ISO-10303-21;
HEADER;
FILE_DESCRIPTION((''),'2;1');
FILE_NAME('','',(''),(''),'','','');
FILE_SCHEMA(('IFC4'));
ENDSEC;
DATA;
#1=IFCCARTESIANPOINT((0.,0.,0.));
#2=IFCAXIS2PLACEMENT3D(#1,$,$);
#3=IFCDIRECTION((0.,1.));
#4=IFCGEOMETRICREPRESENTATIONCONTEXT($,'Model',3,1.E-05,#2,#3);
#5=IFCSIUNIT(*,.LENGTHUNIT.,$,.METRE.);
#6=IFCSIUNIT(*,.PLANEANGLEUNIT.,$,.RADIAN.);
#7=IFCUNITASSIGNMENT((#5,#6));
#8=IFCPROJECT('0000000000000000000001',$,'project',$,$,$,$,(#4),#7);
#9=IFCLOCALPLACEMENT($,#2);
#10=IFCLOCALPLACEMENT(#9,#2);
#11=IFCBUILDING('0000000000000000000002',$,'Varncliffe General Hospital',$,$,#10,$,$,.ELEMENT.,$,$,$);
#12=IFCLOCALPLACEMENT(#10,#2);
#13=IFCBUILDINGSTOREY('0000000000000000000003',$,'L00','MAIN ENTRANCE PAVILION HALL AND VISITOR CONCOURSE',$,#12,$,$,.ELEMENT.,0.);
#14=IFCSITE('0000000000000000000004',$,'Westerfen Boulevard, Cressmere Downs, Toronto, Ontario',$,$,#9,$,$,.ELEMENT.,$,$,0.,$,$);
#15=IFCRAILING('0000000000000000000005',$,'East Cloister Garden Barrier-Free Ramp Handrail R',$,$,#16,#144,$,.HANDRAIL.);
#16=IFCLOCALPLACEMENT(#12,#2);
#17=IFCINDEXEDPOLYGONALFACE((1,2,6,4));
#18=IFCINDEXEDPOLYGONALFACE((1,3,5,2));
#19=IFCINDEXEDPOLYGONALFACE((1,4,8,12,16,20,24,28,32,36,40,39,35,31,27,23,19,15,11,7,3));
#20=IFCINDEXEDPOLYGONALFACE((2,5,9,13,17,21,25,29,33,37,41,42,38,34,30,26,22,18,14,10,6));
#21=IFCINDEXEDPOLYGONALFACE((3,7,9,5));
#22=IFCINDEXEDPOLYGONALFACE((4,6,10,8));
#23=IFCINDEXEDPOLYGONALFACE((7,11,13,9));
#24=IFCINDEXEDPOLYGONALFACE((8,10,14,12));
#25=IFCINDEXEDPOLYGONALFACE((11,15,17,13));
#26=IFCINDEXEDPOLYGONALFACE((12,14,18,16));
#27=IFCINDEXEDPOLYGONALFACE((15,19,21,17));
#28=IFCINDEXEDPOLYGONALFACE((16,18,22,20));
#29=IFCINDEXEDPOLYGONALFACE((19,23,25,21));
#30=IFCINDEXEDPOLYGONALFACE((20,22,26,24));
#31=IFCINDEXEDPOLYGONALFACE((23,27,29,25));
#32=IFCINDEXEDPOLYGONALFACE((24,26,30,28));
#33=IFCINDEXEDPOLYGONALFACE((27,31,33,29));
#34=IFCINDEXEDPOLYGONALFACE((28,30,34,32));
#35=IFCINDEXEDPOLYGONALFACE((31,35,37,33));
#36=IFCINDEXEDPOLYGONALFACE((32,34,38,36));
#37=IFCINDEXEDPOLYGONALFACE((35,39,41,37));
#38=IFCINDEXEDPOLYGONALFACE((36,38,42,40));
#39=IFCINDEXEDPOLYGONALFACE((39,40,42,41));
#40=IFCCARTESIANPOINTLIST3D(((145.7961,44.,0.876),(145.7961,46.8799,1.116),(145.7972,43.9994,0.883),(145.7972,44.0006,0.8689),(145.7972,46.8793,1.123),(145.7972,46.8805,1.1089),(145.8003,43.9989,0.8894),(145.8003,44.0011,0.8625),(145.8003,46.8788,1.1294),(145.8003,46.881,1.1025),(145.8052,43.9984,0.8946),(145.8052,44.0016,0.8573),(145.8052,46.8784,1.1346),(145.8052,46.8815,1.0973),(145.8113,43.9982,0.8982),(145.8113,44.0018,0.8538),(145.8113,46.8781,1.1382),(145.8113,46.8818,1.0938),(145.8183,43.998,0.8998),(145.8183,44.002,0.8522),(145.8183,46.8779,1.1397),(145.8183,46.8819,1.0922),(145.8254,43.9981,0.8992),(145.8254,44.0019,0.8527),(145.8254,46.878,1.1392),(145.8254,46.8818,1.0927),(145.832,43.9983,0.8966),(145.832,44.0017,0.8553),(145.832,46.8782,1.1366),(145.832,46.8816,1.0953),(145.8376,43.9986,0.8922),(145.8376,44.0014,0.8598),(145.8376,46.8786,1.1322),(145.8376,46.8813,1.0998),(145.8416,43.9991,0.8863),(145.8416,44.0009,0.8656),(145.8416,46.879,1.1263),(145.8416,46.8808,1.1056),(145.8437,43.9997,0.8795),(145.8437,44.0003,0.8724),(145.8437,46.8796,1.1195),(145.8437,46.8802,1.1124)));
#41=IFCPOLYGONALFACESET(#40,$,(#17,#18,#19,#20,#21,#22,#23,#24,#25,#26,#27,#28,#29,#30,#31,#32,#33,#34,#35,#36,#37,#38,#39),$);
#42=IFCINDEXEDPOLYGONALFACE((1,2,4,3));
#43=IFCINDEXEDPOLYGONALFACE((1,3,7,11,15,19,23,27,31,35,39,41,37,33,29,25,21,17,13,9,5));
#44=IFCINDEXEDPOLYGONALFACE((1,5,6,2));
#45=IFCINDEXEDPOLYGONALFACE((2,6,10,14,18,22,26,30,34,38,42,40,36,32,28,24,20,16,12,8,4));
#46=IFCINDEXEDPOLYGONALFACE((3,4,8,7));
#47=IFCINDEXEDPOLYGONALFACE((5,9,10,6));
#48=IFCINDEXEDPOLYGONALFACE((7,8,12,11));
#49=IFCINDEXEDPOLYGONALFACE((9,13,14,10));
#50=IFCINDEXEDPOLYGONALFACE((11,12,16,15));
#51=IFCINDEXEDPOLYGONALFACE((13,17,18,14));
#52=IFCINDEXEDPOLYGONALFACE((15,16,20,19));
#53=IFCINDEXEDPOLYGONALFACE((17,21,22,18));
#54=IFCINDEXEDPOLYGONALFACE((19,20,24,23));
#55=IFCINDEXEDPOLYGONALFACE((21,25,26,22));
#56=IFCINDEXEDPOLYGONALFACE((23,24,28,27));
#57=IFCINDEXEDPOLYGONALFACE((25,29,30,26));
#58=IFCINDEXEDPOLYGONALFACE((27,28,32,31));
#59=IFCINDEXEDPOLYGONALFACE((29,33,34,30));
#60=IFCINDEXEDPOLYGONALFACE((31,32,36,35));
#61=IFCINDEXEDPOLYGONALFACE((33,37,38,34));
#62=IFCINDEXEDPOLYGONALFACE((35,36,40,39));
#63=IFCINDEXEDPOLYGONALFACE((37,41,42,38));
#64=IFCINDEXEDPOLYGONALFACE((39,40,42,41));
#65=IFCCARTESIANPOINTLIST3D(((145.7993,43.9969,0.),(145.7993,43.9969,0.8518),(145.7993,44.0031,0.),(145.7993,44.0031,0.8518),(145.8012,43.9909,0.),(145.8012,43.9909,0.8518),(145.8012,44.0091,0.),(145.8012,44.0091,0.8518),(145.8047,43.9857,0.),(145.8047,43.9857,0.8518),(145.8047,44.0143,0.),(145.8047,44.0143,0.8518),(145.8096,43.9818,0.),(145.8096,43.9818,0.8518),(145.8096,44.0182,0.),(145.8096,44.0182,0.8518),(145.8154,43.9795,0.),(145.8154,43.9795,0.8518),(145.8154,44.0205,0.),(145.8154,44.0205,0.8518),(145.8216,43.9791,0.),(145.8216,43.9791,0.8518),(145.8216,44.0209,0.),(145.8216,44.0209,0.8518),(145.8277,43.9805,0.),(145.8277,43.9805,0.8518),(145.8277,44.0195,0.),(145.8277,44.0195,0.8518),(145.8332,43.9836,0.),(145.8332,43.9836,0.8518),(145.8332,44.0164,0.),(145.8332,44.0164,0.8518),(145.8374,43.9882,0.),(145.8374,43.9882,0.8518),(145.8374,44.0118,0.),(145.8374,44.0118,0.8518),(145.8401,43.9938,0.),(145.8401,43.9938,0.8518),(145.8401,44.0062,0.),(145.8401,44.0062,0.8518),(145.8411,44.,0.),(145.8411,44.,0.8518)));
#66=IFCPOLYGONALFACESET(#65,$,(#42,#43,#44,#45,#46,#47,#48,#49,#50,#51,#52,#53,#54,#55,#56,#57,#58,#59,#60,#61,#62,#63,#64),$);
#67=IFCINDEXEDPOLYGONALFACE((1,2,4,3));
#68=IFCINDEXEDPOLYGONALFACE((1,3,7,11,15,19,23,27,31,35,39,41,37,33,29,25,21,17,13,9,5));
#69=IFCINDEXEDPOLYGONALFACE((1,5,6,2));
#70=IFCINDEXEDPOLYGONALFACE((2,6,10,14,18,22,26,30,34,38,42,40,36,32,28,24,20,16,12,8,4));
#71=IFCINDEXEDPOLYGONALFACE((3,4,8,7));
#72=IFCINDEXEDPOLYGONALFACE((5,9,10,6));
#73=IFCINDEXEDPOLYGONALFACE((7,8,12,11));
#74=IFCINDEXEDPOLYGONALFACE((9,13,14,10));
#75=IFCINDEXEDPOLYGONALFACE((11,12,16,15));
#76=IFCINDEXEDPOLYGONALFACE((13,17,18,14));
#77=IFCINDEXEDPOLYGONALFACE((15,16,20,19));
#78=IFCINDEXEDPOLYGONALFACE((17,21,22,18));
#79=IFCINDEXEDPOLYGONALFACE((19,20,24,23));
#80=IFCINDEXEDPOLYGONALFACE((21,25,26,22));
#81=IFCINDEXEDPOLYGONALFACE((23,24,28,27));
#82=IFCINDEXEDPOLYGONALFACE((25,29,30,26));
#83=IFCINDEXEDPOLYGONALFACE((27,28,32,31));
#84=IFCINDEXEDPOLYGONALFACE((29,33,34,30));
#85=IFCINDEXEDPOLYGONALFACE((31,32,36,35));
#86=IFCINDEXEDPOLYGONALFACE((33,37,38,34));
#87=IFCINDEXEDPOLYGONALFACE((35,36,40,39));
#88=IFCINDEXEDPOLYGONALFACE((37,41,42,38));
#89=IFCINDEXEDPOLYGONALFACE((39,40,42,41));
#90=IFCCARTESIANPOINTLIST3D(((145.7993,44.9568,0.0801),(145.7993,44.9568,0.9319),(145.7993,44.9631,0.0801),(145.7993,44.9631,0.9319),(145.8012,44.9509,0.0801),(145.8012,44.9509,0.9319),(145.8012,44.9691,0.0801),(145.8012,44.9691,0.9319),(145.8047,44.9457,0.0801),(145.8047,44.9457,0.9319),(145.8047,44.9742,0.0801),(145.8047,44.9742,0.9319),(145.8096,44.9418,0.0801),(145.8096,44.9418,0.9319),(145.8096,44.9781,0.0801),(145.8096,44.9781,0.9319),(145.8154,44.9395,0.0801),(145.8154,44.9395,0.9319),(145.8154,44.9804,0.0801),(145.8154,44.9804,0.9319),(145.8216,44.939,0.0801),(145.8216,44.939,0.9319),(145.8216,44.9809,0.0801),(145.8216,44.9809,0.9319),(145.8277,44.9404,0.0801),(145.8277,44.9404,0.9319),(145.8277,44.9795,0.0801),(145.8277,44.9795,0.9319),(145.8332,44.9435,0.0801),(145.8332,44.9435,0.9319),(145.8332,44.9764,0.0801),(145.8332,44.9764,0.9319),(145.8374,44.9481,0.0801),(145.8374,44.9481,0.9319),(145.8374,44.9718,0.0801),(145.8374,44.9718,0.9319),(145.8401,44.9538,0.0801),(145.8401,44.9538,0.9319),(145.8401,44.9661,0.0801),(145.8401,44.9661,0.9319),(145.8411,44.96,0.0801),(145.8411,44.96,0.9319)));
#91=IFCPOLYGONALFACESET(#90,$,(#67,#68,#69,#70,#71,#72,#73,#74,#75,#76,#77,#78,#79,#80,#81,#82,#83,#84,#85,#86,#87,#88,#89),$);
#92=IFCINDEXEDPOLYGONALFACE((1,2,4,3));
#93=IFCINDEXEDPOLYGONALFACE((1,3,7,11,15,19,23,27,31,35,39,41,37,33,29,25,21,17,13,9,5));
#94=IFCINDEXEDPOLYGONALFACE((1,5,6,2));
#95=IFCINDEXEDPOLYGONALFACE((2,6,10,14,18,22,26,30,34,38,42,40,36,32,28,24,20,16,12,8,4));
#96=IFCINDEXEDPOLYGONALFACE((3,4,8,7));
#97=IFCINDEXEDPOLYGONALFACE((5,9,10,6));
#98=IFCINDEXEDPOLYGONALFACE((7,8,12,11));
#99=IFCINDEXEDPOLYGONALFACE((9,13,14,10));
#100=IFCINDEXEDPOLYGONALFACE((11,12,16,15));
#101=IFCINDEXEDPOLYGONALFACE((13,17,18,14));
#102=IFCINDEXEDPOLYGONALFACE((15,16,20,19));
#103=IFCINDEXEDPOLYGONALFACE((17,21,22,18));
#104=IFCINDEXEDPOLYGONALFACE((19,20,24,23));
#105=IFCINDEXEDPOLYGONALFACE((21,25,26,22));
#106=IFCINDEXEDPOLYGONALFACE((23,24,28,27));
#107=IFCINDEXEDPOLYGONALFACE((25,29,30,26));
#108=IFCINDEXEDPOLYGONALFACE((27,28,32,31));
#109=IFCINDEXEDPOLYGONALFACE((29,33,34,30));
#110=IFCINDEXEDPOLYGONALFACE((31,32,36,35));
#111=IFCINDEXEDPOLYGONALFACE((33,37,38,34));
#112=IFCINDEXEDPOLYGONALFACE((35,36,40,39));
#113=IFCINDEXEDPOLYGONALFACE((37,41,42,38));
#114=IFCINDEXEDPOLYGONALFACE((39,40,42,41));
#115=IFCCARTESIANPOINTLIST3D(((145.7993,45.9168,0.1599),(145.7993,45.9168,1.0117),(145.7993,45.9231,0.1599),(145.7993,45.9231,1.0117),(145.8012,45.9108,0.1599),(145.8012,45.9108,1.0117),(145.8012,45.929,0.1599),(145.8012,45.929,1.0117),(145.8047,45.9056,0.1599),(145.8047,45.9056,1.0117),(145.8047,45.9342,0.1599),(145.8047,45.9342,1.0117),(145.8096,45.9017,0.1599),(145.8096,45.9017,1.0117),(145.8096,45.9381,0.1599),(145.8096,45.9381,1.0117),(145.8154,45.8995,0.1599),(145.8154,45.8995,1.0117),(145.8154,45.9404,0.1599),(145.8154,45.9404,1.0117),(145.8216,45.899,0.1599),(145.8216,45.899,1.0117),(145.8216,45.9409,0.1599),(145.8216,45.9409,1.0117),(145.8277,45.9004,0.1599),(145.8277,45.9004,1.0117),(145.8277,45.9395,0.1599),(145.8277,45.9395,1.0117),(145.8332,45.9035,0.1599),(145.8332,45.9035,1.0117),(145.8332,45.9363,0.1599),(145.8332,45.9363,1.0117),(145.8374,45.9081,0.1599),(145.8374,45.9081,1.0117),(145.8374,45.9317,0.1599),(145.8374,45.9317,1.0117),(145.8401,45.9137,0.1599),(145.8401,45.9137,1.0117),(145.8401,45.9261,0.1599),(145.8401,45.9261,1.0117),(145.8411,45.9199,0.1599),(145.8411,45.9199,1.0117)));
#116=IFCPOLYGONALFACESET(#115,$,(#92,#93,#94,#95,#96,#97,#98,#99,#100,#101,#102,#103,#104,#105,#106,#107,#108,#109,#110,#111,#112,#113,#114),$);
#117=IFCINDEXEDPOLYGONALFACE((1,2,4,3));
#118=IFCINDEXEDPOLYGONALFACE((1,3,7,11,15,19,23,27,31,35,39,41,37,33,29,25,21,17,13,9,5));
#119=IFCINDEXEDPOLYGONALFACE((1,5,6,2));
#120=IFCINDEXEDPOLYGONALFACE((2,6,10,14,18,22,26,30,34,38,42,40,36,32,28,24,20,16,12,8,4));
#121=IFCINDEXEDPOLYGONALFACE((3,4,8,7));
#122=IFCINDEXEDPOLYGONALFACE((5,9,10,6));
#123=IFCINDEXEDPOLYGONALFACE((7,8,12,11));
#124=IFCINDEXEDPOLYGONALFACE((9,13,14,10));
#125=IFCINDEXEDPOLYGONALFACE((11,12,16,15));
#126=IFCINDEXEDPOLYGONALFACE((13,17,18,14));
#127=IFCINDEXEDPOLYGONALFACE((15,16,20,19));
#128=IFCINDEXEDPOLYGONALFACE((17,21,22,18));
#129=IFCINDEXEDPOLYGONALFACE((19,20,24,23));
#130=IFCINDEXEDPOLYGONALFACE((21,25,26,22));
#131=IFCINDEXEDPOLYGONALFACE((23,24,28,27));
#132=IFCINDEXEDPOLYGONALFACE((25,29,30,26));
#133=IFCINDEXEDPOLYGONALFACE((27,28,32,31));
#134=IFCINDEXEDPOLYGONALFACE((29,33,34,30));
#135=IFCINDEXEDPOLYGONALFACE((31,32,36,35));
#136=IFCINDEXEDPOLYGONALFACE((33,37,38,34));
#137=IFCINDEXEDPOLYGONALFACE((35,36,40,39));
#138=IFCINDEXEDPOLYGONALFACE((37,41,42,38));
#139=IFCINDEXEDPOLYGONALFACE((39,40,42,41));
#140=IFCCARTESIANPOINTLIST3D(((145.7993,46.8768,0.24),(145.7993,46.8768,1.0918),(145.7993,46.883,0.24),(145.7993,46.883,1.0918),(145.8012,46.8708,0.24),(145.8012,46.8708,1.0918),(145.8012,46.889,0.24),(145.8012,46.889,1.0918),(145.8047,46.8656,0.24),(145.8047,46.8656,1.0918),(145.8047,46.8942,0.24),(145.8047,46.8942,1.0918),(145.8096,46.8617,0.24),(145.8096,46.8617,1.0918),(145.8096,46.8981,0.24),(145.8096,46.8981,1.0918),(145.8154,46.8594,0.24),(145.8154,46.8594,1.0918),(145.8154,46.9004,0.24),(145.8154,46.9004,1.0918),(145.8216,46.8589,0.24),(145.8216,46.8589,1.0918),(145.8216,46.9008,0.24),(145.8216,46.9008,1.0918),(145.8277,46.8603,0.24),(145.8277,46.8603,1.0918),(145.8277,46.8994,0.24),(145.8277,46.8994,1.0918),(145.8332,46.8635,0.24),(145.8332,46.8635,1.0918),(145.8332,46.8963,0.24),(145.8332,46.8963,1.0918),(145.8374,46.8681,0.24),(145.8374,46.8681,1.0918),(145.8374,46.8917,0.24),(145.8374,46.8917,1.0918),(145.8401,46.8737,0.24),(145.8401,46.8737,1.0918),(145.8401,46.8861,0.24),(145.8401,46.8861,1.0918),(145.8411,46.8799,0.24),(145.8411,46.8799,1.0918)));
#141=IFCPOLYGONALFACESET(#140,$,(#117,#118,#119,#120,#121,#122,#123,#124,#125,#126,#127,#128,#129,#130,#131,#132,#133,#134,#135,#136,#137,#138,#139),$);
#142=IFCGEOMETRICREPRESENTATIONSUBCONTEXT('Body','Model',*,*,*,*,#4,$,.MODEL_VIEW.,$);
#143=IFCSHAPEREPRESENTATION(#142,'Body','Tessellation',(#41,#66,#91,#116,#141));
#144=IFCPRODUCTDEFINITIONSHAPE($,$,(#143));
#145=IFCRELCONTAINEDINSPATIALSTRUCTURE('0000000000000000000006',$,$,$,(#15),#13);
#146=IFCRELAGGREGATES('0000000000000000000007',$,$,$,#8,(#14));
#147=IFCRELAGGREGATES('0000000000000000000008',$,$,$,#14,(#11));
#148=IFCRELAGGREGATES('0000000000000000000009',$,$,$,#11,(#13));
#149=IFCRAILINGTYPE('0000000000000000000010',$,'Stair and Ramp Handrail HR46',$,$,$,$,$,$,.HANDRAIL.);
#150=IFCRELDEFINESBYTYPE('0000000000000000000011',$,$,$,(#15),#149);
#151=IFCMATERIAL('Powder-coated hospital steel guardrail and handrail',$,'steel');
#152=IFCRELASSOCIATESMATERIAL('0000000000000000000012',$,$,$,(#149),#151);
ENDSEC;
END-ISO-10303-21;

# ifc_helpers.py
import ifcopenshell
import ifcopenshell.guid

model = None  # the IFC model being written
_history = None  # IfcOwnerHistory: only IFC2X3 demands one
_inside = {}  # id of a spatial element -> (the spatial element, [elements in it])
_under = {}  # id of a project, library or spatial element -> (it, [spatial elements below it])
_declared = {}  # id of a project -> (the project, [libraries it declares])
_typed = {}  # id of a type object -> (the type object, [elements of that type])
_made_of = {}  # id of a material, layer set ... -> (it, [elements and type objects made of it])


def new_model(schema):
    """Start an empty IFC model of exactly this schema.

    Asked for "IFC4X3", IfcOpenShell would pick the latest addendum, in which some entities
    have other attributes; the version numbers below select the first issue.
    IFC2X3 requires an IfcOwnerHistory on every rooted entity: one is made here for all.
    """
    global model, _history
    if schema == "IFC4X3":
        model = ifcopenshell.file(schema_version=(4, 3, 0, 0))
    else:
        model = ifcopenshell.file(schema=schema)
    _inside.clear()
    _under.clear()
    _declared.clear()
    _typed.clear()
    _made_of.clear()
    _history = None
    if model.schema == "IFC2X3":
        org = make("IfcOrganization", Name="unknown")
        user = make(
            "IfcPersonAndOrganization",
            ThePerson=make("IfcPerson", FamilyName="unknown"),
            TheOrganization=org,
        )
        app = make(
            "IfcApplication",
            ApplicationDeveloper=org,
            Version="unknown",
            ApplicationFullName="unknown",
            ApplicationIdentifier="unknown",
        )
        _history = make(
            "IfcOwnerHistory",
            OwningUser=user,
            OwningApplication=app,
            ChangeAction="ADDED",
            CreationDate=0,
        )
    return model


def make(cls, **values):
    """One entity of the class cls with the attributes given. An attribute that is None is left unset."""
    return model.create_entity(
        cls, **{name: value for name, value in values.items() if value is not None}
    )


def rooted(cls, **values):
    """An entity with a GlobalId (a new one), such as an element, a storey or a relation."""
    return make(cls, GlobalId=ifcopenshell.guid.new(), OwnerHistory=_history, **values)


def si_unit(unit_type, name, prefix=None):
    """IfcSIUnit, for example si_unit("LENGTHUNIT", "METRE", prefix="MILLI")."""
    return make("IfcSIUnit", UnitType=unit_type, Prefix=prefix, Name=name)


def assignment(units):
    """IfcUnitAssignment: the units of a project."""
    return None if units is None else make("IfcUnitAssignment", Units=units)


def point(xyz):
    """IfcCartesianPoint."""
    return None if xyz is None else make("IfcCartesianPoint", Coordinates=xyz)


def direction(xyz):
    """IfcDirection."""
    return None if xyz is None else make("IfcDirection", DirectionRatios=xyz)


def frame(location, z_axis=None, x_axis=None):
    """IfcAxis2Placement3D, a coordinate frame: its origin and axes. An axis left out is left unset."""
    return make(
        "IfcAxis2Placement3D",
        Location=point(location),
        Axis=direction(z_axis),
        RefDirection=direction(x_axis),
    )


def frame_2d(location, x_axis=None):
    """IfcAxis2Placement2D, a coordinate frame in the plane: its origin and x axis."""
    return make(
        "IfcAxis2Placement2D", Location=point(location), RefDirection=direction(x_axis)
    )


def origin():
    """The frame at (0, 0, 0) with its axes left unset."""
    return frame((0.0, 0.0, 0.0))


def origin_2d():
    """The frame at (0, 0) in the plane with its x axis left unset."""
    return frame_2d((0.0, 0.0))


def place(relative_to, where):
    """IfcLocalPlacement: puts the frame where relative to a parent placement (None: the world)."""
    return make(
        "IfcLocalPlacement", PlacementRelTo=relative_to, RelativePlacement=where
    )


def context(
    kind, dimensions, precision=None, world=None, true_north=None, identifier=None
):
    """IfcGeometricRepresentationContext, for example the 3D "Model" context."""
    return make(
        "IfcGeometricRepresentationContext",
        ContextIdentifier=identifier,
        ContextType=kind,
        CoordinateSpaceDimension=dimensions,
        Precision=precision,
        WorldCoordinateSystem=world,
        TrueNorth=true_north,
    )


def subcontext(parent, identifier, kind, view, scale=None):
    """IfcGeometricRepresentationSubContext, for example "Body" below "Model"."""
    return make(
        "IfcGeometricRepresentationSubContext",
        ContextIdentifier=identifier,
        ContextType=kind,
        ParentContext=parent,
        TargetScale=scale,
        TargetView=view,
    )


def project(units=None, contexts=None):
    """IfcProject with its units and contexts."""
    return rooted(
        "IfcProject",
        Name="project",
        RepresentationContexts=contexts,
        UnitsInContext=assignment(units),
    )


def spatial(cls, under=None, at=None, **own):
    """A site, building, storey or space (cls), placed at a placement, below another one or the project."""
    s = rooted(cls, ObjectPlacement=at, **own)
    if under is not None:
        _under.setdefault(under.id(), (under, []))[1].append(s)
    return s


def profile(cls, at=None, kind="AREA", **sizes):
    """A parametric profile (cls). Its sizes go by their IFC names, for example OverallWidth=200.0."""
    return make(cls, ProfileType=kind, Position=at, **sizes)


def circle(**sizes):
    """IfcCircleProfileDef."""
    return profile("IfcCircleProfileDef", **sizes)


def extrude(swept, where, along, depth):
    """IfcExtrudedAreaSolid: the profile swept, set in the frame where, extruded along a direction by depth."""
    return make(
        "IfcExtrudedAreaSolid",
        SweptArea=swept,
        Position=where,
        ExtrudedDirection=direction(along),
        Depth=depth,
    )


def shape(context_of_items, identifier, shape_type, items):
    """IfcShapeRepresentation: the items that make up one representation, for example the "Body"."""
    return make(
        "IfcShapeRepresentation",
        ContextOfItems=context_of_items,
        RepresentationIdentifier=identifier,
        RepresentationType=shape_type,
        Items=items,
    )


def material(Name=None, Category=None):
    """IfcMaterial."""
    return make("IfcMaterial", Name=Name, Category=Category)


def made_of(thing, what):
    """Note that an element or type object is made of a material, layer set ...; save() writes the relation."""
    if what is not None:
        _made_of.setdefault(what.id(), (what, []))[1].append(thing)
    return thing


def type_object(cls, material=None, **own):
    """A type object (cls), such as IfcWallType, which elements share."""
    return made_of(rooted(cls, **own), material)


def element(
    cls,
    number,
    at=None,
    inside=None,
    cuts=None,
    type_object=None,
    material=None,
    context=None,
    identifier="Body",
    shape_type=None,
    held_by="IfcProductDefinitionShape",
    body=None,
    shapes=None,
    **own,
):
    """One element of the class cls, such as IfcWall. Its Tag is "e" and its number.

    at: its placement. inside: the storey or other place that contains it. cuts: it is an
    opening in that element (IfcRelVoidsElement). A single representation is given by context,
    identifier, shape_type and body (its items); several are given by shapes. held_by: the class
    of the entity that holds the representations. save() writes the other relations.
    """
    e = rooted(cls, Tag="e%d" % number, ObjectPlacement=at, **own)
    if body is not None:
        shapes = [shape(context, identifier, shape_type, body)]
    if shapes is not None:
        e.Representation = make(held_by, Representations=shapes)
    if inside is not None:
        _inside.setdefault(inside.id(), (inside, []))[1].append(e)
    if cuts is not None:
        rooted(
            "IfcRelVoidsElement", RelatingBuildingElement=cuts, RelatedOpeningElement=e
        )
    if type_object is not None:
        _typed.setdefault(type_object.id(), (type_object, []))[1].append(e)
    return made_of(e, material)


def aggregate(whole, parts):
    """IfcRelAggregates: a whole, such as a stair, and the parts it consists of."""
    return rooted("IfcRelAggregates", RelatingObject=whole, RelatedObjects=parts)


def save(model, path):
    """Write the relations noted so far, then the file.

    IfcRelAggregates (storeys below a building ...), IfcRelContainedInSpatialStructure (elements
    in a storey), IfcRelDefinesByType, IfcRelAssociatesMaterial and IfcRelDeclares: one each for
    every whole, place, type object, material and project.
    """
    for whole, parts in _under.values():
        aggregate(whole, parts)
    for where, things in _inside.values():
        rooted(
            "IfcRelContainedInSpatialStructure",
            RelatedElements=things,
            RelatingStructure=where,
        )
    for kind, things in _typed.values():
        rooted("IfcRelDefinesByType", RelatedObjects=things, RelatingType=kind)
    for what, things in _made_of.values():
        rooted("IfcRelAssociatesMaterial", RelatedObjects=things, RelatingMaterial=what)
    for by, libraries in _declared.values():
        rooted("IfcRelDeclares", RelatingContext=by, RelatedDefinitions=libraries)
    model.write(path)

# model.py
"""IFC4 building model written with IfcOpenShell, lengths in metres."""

from ifc_helpers import new_model, si_unit, direction, frame, origin, origin_2d, place, context, subcontext, project, spatial, circle, extrude, material, type_object, element, save


model = new_model("IFC4")

# Units and contexts
model_context = context("Model", 3, precision=1e-05, world=origin(), true_north=direction((0.0, 1.0)))
body_context = subcontext(model_context, "Body", "Model", "MODEL_VIEW")
ifc_project = project(units=[si_unit("LENGTHUNIT", "METRE"), si_unit("PLANEANGLEUNIT", "RADIAN")], contexts=[model_context])

# Site, building, storey
site_placement = place(None, origin())
site = spatial("IfcSite", under=ifc_project, at=site_placement, Name="Westerfen Boulevard, Cressmere Downs, Toronto, Ontario", CompositionType="ELEMENT", RefElevation=0.0)
building_placement = place(site_placement, origin())
building = spatial("IfcBuilding", under=site, at=building_placement, Name="Varncliffe General Hospital", CompositionType="ELEMENT")
storey_placement = place(building_placement, origin())
storey = spatial("IfcBuildingStorey", under=building, at=storey_placement, Name="L00", Description="MAIN ENTRANCE PAVILION HALL AND VISITOR CONCOURSE", CompositionType="ELEMENT", Elevation=0.0)

# Railing
ifc_material_1 = material(Name="Powder-coated hospital steel guardrail and handrail", Category="steel")
railing_type = type_object("IfcRailingType", Name="Stair and Ramp Handrail HR46", PredefinedType="HANDRAIL", material=ifc_material_1)
for number, where, name in (
    (1, (145.8201, 44.0, 0.0), "East Cloister Garden Barrier-Free Ramp Handrail R"),
):
    element("IfcRailing", number, at=place(storey_placement, frame(where)), inside=storey, type_object=railing_type, Name=name, PredefinedType="HANDRAIL", context=body_context, shape_type="SweptSolid", body=[
        extrude(circle(Radius=0.0239, at=origin_2d()), frame((0.0, 0.0, 0.876), z_axis=(0.0, 0.996546, 0.083045), x_axis=(-1.0, 0.0, 0.0)), (0.0, 0.0, 1.0), 2.8899),
        extrude(circle(Radius=0.021, at=origin_2d()), origin(), (0.0, 0.0, 1.0), 0.8518),
        extrude(circle(Radius=0.021, at=origin_2d()), frame((0.0, 0.96, 0.0801)), (0.0, 0.0, 1.0), 0.8518),
        extrude(circle(Radius=0.021, at=origin_2d()), frame((0.0, 1.9199, 0.1599)), (0.0, 0.0, 1.0), 0.8518),
        extrude(circle(Radius=0.021, at=origin_2d()), frame((0.0, 2.8799, 0.24)), (0.0, 0.0, 1.0), 0.8518),
    ])

save(model, "model.ifc")
